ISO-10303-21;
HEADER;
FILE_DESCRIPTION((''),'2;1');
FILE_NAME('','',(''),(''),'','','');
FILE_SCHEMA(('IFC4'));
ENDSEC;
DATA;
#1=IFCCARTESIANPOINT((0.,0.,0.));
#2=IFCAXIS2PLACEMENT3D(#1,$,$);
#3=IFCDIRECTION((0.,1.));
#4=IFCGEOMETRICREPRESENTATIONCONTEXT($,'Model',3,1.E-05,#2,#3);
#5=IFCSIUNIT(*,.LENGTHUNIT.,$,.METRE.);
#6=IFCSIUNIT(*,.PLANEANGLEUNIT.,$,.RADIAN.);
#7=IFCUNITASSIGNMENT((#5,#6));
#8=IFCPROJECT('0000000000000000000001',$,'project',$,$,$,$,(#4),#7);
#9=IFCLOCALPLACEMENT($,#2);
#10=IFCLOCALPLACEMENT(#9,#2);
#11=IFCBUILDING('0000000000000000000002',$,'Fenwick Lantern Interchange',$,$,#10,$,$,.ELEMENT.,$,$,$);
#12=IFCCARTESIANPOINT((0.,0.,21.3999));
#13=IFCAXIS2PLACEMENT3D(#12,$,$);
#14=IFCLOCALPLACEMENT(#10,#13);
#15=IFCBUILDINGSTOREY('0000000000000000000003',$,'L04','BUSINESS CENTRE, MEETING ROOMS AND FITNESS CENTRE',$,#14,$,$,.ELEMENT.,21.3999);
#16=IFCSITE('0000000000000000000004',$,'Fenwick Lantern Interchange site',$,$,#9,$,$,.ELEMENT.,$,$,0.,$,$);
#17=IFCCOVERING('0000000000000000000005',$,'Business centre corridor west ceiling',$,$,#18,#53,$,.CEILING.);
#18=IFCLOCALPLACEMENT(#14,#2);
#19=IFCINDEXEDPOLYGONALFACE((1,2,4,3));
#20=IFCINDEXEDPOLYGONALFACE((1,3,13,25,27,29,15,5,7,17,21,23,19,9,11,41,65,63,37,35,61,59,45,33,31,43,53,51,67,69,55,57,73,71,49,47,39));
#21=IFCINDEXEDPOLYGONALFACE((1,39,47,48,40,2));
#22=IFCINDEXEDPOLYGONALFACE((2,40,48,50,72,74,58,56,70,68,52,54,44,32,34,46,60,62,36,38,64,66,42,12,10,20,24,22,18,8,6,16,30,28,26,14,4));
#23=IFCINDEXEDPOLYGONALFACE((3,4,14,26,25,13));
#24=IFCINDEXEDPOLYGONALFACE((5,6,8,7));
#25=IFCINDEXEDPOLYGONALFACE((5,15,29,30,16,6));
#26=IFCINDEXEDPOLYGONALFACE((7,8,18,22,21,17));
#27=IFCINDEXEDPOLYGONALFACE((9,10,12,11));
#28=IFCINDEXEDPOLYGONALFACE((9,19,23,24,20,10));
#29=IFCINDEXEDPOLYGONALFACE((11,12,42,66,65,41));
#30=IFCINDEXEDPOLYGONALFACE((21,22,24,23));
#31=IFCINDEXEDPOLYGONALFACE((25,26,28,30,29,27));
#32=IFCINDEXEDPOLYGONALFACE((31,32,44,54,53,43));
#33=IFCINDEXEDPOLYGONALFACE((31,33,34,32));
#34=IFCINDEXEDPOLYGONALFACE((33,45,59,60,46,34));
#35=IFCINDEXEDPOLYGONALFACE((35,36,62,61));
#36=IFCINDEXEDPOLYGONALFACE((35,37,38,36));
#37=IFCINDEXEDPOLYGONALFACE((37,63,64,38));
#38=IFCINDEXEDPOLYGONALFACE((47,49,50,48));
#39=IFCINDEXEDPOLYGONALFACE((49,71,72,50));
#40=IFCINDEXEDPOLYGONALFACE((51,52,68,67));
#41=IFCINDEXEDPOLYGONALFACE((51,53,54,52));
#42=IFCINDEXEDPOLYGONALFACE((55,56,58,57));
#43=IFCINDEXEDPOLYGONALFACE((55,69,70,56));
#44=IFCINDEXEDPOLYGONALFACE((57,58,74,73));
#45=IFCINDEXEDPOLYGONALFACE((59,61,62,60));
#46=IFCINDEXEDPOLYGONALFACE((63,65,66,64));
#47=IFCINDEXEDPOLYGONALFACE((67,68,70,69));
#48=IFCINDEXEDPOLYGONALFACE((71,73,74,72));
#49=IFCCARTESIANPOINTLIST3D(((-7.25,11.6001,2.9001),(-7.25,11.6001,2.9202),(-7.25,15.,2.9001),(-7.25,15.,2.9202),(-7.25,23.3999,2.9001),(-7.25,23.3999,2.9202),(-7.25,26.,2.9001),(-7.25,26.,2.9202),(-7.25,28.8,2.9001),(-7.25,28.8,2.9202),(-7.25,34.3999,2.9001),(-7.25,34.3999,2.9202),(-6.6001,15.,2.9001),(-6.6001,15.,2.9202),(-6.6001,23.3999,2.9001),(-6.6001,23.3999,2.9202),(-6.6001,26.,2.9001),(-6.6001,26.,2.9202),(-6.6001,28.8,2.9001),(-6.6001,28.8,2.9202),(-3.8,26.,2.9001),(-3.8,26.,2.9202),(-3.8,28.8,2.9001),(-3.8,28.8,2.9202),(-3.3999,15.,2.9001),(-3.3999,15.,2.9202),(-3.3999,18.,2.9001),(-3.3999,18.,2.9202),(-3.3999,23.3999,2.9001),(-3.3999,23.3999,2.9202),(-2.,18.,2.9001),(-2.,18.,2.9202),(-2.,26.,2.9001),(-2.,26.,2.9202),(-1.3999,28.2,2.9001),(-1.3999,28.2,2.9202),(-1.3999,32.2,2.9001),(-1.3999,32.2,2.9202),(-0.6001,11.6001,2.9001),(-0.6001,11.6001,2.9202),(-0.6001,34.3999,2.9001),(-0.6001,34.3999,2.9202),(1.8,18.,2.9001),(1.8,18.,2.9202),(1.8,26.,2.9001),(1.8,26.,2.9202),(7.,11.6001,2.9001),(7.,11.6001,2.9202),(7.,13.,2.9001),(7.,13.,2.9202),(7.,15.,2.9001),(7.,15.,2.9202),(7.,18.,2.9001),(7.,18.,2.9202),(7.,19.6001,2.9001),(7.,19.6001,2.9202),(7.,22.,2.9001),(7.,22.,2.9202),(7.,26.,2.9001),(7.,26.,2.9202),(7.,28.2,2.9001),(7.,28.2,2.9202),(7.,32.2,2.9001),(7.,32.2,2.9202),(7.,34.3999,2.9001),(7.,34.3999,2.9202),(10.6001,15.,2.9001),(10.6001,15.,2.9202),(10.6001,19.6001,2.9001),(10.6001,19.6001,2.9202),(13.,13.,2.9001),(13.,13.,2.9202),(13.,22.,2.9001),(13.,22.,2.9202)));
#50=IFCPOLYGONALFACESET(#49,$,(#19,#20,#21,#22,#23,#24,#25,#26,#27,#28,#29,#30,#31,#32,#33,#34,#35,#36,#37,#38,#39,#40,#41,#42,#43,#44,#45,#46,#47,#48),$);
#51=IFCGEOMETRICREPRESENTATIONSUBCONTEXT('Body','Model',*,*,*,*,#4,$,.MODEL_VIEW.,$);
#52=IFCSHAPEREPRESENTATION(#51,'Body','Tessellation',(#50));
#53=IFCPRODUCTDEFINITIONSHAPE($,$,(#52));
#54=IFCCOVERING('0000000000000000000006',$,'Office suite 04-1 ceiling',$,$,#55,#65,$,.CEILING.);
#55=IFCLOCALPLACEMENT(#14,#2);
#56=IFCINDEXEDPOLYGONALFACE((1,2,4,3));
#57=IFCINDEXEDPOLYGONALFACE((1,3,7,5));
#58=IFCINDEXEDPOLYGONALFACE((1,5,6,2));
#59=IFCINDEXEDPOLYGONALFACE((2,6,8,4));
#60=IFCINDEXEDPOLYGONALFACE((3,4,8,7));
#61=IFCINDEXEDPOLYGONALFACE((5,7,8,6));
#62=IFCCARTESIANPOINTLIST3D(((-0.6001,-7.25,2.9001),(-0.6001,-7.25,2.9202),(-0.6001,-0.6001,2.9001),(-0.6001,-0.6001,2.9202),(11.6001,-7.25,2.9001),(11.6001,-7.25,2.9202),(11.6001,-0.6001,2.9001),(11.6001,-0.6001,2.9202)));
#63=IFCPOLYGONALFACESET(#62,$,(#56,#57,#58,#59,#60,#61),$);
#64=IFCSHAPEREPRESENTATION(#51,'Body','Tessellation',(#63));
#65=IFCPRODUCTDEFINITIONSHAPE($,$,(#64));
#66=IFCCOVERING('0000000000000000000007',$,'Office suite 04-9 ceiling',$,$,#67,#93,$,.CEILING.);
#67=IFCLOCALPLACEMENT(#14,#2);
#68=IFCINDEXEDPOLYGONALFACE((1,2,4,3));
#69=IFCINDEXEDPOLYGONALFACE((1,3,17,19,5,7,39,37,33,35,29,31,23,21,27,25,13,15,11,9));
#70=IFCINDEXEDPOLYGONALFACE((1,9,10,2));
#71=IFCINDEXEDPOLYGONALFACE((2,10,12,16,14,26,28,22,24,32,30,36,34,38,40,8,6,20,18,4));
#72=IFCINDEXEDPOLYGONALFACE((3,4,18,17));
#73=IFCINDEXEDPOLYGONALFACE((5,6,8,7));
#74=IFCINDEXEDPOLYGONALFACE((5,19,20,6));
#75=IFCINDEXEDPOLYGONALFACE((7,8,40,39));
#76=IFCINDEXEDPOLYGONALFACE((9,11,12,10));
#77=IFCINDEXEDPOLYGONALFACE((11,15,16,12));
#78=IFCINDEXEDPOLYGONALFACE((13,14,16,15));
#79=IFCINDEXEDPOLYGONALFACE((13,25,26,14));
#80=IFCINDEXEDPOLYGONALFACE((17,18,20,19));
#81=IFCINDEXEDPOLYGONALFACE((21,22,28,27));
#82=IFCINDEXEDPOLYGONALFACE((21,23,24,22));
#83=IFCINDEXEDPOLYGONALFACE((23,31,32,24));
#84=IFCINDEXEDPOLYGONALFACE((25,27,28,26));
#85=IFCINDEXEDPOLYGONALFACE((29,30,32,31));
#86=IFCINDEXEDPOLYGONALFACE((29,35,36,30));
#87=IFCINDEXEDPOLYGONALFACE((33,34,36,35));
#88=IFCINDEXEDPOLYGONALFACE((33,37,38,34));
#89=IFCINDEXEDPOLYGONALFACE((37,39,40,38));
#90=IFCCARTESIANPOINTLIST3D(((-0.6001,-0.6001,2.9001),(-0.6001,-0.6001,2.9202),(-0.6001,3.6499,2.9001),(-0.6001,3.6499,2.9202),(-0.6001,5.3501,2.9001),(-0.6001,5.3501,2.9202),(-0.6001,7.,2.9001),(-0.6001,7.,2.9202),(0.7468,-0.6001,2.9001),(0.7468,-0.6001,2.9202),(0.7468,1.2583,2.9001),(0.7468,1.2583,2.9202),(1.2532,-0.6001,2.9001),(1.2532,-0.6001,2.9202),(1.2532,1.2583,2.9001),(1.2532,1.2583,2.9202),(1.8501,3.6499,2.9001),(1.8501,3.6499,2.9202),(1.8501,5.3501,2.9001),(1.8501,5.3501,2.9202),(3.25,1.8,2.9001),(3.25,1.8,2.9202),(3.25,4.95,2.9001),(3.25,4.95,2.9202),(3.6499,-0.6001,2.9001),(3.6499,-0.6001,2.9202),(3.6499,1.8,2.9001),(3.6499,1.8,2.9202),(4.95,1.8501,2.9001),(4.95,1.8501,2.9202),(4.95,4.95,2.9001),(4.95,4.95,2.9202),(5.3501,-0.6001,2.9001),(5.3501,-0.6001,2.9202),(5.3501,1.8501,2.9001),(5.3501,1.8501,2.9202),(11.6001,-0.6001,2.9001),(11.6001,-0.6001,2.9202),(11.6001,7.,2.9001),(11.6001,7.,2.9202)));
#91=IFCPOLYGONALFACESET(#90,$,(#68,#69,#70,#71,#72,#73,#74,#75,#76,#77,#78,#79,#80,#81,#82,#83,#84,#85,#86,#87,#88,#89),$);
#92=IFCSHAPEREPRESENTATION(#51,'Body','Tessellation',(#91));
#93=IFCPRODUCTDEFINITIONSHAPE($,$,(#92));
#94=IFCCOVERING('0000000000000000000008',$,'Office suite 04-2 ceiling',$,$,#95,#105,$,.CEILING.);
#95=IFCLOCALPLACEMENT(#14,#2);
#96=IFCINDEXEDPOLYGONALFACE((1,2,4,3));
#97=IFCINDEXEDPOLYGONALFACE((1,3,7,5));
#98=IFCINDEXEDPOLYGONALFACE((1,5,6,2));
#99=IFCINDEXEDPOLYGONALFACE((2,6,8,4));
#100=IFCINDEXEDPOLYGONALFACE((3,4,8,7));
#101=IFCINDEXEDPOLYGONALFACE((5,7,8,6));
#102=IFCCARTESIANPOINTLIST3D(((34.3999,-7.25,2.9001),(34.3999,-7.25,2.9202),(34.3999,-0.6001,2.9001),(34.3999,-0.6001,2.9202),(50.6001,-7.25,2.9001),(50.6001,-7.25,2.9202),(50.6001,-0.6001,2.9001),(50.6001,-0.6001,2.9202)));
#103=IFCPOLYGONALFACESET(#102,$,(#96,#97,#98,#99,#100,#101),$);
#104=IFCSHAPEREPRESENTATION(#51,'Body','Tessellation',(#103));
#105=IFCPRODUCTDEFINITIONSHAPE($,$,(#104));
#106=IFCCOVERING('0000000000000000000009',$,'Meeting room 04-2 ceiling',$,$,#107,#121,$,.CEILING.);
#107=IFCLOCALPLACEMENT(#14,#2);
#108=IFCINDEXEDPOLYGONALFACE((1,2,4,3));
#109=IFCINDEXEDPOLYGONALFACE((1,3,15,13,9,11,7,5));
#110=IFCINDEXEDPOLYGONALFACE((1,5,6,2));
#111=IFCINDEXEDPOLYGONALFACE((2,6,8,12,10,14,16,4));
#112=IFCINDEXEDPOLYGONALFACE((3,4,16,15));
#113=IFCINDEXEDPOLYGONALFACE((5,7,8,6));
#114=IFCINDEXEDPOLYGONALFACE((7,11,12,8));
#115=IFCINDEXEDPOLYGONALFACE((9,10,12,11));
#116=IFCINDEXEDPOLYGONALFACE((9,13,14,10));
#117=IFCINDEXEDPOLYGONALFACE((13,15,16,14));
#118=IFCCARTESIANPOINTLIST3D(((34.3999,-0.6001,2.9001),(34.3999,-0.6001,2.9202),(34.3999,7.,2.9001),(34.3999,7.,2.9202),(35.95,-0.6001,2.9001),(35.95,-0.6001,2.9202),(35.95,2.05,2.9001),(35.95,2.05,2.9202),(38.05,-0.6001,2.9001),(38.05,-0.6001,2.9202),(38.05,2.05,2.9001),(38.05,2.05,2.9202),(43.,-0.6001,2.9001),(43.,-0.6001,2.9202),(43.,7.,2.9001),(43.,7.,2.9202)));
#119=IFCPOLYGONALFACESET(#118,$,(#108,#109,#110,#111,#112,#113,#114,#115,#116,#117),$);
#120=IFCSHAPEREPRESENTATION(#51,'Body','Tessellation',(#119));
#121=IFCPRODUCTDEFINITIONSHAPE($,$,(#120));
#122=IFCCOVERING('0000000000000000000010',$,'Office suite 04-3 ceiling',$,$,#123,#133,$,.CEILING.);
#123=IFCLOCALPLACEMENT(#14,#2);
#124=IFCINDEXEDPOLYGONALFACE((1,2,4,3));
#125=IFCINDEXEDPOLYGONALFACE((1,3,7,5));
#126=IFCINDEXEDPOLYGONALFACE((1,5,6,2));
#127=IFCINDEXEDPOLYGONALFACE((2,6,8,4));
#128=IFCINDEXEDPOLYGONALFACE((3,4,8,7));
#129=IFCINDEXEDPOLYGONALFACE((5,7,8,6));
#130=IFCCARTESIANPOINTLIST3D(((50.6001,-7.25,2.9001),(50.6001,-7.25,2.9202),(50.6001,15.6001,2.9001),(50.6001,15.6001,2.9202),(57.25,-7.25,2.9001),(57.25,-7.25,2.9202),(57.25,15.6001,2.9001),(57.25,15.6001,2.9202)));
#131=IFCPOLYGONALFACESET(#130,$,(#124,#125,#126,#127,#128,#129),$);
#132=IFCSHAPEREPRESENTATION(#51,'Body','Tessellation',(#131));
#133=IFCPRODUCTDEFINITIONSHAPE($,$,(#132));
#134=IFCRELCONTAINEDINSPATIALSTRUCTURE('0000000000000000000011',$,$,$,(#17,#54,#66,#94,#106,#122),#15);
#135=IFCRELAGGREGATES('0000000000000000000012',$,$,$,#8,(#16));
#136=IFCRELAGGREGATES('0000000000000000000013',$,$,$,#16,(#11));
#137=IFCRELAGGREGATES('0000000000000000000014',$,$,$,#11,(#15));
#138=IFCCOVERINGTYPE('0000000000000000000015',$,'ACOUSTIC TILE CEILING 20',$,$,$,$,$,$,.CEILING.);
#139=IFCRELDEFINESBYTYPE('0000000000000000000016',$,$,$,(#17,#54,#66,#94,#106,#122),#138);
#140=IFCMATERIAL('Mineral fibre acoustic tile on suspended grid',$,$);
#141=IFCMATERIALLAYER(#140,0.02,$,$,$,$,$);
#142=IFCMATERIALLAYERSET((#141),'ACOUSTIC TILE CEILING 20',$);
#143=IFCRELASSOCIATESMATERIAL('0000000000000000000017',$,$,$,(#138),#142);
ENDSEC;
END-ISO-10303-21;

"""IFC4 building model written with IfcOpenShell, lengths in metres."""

from ifc_helpers import new_model, si_unit, direction, frame, origin, place, context, subcontext, project, spatial, polyline, outline, extrude, material, layer, layer_set, type_object, element, save


model = new_model("IFC4")

# Units and contexts
model_context = context("Model", 3, precision=1e-05, world=origin(), true_north=direction((0.0, 1.0)))
body_context = subcontext(model_context, "Body", "Model", "MODEL_VIEW")
ifc_project = project(units=[si_unit("LENGTHUNIT", "METRE"), si_unit("PLANEANGLEUNIT", "RADIAN")], contexts=[model_context])

# Site, building, storey
site_placement = place(None, origin())
site = spatial("IfcSite", under=ifc_project, at=site_placement, Name="Fenwick Lantern Interchange site", CompositionType="ELEMENT", RefElevation=0.0)
building_placement = place(site_placement, origin())
building = spatial("IfcBuilding", under=site, at=building_placement, Name="Fenwick Lantern Interchange", CompositionType="ELEMENT")
storey_placement = place(building_placement, frame((0.0, 0.0, 21.3999)))
storey = spatial("IfcBuildingStorey", under=building, at=storey_placement, Name="L04", Description="BUSINESS CENTRE, MEETING ROOMS AND FITNESS CENTRE", CompositionType="ELEMENT", Elevation=21.3999)

# Coverings
ifc_material_1 = material(Name="Mineral fibre acoustic tile on suspended grid")
ifc_layer_1 = layer(ifc_material_1, 0.02)
ifc_layer_set_1 = layer_set([ifc_layer_1], Name="ACOUSTIC TILE CEILING 20")
covering_type = type_object("IfcCoveringType", Name="ACOUSTIC TILE CEILING 20", PredefinedType="CEILING", material=ifc_layer_set_1)
covering_1_placement = place(storey_placement, frame((0.0, 0.0, 2.9001)))
element("IfcCovering", 1, at=covering_1_placement, inside=storey, type_object=covering_type, Name="Business centre corridor west ceiling", PredefinedType="CEILING", context=body_context, shape_type="SweptSolid", body=[
    extrude(outline(polyline([(-0.6001, 34.3999), (-7.25, 34.3999), (-7.25, 28.8), (-6.6001, 28.8), (-3.8, 28.8), (-3.8, 26.0), (-6.6001, 26.0), (-7.25, 26.0), (-7.25, 23.3999), (-6.6001, 23.3999), (-3.3999, 23.3999), (-3.3999, 18.0), (-3.3999, 15.0), (-6.6001, 15.0), (-7.25, 15.0), (-7.25, 11.6001), (-0.6001, 11.6001), (7.0, 11.6001), (7.0, 13.0), (13.0, 13.0), (13.0, 22.0), (7.0, 22.0), (7.0, 19.6001), (10.6001, 19.6001), (10.6001, 15.0), (7.0, 15.0), (7.0, 18.0), (1.8, 18.0), (-2.0, 18.0), (-2.0, 26.0), (1.8, 26.0), (7.0, 26.0), (7.0, 28.2), (-1.3999, 28.2), (-1.3999, 32.2), (7.0, 32.2), (7.0, 34.3999), (-0.6001, 34.3999)])), origin(), (0.0, 0.0, 1.0), 0.02),
])
covering_2_placement = place(storey_placement, frame((0.0, 0.0, 2.9001)))
element("IfcCovering", 2, at=covering_2_placement, inside=storey, type_object=covering_type, Name="Office suite 04-1 ceiling", PredefinedType="CEILING", context=body_context, shape_type="SweptSolid", body=[
    extrude(outline(polyline([(-0.6001, -0.6001), (-0.6001, -7.25), (11.6001, -7.25), (11.6001, -0.6001), (-0.6001, -0.6001)])), origin(), (0.0, 0.0, 1.0), 0.02),
])
covering_3_placement = place(storey_placement, frame((0.0, 0.0, 2.9001)))
element("IfcCovering", 3, at=covering_3_placement, inside=storey, type_object=covering_type, Name="Office suite 04-9 ceiling", PredefinedType="CEILING", context=body_context, shape_type="SweptSolid", body=[
    extrude(outline(polyline([(5.3501, -0.6001), (11.6001, -0.6001), (11.6001, 7.0), (-0.6001, 7.0), (-0.6001, 5.3501), (1.8501, 5.3501), (1.8501, 3.6499), (-0.6001, 3.6499), (-0.6001, -0.6001), (0.7468, -0.6001), (0.7468, 1.2583), (1.2532, 1.2583), (1.2532, -0.6001), (3.6499, -0.6001), (3.6499, 1.8), (3.25, 1.8), (3.25, 4.95), (4.95, 4.95), (4.95, 1.8501), (5.3501, 1.8501), (5.3501, -0.6001)])), origin(), (0.0, 0.0, 1.0), 0.02),
])
covering_4_placement = place(storey_placement, frame((0.0, 0.0, 2.9001)))
element("IfcCovering", 4, at=covering_4_placement, inside=storey, type_object=covering_type, Name="Office suite 04-2 ceiling", PredefinedType="CEILING", context=body_context, shape_type="SweptSolid", body=[
    extrude(outline(polyline([(34.3999, -0.6001), (34.3999, -7.25), (50.6001, -7.25), (50.6001, -0.6001), (34.3999, -0.6001)])), origin(), (0.0, 0.0, 1.0), 0.02),
])
covering_5_placement = place(storey_placement, frame((0.0, 0.0, 2.9001)))
element("IfcCovering", 5, at=covering_5_placement, inside=storey, type_object=covering_type, Name="Meeting room 04-2 ceiling", PredefinedType="CEILING", context=body_context, shape_type="SweptSolid", body=[
    extrude(outline(polyline([(34.3999, 7.0), (34.3999, -0.6001), (35.95, -0.6001), (35.95, 2.05), (38.05, 2.05), (38.05, -0.6001), (43.0, -0.6001), (43.0, 7.0), (34.3999, 7.0)])), origin(), (0.0, 0.0, 1.0), 0.02),
])
covering_6_placement = place(storey_placement, frame((0.0, 0.0, 2.9001)))
element("IfcCovering", 6, at=covering_6_placement, inside=storey, type_object=covering_type, Name="Office suite 04-3 ceiling", PredefinedType="CEILING", context=body_context, shape_type="SweptSolid", body=[
    extrude(outline(polyline([(50.6001, 15.6001), (50.6001, -7.25), (57.25, -7.25), (57.25, 15.6001), (50.6001, 15.6001)])), origin(), (0.0, 0.0, 1.0), 0.02),
])

save(model, "model.ifc")
